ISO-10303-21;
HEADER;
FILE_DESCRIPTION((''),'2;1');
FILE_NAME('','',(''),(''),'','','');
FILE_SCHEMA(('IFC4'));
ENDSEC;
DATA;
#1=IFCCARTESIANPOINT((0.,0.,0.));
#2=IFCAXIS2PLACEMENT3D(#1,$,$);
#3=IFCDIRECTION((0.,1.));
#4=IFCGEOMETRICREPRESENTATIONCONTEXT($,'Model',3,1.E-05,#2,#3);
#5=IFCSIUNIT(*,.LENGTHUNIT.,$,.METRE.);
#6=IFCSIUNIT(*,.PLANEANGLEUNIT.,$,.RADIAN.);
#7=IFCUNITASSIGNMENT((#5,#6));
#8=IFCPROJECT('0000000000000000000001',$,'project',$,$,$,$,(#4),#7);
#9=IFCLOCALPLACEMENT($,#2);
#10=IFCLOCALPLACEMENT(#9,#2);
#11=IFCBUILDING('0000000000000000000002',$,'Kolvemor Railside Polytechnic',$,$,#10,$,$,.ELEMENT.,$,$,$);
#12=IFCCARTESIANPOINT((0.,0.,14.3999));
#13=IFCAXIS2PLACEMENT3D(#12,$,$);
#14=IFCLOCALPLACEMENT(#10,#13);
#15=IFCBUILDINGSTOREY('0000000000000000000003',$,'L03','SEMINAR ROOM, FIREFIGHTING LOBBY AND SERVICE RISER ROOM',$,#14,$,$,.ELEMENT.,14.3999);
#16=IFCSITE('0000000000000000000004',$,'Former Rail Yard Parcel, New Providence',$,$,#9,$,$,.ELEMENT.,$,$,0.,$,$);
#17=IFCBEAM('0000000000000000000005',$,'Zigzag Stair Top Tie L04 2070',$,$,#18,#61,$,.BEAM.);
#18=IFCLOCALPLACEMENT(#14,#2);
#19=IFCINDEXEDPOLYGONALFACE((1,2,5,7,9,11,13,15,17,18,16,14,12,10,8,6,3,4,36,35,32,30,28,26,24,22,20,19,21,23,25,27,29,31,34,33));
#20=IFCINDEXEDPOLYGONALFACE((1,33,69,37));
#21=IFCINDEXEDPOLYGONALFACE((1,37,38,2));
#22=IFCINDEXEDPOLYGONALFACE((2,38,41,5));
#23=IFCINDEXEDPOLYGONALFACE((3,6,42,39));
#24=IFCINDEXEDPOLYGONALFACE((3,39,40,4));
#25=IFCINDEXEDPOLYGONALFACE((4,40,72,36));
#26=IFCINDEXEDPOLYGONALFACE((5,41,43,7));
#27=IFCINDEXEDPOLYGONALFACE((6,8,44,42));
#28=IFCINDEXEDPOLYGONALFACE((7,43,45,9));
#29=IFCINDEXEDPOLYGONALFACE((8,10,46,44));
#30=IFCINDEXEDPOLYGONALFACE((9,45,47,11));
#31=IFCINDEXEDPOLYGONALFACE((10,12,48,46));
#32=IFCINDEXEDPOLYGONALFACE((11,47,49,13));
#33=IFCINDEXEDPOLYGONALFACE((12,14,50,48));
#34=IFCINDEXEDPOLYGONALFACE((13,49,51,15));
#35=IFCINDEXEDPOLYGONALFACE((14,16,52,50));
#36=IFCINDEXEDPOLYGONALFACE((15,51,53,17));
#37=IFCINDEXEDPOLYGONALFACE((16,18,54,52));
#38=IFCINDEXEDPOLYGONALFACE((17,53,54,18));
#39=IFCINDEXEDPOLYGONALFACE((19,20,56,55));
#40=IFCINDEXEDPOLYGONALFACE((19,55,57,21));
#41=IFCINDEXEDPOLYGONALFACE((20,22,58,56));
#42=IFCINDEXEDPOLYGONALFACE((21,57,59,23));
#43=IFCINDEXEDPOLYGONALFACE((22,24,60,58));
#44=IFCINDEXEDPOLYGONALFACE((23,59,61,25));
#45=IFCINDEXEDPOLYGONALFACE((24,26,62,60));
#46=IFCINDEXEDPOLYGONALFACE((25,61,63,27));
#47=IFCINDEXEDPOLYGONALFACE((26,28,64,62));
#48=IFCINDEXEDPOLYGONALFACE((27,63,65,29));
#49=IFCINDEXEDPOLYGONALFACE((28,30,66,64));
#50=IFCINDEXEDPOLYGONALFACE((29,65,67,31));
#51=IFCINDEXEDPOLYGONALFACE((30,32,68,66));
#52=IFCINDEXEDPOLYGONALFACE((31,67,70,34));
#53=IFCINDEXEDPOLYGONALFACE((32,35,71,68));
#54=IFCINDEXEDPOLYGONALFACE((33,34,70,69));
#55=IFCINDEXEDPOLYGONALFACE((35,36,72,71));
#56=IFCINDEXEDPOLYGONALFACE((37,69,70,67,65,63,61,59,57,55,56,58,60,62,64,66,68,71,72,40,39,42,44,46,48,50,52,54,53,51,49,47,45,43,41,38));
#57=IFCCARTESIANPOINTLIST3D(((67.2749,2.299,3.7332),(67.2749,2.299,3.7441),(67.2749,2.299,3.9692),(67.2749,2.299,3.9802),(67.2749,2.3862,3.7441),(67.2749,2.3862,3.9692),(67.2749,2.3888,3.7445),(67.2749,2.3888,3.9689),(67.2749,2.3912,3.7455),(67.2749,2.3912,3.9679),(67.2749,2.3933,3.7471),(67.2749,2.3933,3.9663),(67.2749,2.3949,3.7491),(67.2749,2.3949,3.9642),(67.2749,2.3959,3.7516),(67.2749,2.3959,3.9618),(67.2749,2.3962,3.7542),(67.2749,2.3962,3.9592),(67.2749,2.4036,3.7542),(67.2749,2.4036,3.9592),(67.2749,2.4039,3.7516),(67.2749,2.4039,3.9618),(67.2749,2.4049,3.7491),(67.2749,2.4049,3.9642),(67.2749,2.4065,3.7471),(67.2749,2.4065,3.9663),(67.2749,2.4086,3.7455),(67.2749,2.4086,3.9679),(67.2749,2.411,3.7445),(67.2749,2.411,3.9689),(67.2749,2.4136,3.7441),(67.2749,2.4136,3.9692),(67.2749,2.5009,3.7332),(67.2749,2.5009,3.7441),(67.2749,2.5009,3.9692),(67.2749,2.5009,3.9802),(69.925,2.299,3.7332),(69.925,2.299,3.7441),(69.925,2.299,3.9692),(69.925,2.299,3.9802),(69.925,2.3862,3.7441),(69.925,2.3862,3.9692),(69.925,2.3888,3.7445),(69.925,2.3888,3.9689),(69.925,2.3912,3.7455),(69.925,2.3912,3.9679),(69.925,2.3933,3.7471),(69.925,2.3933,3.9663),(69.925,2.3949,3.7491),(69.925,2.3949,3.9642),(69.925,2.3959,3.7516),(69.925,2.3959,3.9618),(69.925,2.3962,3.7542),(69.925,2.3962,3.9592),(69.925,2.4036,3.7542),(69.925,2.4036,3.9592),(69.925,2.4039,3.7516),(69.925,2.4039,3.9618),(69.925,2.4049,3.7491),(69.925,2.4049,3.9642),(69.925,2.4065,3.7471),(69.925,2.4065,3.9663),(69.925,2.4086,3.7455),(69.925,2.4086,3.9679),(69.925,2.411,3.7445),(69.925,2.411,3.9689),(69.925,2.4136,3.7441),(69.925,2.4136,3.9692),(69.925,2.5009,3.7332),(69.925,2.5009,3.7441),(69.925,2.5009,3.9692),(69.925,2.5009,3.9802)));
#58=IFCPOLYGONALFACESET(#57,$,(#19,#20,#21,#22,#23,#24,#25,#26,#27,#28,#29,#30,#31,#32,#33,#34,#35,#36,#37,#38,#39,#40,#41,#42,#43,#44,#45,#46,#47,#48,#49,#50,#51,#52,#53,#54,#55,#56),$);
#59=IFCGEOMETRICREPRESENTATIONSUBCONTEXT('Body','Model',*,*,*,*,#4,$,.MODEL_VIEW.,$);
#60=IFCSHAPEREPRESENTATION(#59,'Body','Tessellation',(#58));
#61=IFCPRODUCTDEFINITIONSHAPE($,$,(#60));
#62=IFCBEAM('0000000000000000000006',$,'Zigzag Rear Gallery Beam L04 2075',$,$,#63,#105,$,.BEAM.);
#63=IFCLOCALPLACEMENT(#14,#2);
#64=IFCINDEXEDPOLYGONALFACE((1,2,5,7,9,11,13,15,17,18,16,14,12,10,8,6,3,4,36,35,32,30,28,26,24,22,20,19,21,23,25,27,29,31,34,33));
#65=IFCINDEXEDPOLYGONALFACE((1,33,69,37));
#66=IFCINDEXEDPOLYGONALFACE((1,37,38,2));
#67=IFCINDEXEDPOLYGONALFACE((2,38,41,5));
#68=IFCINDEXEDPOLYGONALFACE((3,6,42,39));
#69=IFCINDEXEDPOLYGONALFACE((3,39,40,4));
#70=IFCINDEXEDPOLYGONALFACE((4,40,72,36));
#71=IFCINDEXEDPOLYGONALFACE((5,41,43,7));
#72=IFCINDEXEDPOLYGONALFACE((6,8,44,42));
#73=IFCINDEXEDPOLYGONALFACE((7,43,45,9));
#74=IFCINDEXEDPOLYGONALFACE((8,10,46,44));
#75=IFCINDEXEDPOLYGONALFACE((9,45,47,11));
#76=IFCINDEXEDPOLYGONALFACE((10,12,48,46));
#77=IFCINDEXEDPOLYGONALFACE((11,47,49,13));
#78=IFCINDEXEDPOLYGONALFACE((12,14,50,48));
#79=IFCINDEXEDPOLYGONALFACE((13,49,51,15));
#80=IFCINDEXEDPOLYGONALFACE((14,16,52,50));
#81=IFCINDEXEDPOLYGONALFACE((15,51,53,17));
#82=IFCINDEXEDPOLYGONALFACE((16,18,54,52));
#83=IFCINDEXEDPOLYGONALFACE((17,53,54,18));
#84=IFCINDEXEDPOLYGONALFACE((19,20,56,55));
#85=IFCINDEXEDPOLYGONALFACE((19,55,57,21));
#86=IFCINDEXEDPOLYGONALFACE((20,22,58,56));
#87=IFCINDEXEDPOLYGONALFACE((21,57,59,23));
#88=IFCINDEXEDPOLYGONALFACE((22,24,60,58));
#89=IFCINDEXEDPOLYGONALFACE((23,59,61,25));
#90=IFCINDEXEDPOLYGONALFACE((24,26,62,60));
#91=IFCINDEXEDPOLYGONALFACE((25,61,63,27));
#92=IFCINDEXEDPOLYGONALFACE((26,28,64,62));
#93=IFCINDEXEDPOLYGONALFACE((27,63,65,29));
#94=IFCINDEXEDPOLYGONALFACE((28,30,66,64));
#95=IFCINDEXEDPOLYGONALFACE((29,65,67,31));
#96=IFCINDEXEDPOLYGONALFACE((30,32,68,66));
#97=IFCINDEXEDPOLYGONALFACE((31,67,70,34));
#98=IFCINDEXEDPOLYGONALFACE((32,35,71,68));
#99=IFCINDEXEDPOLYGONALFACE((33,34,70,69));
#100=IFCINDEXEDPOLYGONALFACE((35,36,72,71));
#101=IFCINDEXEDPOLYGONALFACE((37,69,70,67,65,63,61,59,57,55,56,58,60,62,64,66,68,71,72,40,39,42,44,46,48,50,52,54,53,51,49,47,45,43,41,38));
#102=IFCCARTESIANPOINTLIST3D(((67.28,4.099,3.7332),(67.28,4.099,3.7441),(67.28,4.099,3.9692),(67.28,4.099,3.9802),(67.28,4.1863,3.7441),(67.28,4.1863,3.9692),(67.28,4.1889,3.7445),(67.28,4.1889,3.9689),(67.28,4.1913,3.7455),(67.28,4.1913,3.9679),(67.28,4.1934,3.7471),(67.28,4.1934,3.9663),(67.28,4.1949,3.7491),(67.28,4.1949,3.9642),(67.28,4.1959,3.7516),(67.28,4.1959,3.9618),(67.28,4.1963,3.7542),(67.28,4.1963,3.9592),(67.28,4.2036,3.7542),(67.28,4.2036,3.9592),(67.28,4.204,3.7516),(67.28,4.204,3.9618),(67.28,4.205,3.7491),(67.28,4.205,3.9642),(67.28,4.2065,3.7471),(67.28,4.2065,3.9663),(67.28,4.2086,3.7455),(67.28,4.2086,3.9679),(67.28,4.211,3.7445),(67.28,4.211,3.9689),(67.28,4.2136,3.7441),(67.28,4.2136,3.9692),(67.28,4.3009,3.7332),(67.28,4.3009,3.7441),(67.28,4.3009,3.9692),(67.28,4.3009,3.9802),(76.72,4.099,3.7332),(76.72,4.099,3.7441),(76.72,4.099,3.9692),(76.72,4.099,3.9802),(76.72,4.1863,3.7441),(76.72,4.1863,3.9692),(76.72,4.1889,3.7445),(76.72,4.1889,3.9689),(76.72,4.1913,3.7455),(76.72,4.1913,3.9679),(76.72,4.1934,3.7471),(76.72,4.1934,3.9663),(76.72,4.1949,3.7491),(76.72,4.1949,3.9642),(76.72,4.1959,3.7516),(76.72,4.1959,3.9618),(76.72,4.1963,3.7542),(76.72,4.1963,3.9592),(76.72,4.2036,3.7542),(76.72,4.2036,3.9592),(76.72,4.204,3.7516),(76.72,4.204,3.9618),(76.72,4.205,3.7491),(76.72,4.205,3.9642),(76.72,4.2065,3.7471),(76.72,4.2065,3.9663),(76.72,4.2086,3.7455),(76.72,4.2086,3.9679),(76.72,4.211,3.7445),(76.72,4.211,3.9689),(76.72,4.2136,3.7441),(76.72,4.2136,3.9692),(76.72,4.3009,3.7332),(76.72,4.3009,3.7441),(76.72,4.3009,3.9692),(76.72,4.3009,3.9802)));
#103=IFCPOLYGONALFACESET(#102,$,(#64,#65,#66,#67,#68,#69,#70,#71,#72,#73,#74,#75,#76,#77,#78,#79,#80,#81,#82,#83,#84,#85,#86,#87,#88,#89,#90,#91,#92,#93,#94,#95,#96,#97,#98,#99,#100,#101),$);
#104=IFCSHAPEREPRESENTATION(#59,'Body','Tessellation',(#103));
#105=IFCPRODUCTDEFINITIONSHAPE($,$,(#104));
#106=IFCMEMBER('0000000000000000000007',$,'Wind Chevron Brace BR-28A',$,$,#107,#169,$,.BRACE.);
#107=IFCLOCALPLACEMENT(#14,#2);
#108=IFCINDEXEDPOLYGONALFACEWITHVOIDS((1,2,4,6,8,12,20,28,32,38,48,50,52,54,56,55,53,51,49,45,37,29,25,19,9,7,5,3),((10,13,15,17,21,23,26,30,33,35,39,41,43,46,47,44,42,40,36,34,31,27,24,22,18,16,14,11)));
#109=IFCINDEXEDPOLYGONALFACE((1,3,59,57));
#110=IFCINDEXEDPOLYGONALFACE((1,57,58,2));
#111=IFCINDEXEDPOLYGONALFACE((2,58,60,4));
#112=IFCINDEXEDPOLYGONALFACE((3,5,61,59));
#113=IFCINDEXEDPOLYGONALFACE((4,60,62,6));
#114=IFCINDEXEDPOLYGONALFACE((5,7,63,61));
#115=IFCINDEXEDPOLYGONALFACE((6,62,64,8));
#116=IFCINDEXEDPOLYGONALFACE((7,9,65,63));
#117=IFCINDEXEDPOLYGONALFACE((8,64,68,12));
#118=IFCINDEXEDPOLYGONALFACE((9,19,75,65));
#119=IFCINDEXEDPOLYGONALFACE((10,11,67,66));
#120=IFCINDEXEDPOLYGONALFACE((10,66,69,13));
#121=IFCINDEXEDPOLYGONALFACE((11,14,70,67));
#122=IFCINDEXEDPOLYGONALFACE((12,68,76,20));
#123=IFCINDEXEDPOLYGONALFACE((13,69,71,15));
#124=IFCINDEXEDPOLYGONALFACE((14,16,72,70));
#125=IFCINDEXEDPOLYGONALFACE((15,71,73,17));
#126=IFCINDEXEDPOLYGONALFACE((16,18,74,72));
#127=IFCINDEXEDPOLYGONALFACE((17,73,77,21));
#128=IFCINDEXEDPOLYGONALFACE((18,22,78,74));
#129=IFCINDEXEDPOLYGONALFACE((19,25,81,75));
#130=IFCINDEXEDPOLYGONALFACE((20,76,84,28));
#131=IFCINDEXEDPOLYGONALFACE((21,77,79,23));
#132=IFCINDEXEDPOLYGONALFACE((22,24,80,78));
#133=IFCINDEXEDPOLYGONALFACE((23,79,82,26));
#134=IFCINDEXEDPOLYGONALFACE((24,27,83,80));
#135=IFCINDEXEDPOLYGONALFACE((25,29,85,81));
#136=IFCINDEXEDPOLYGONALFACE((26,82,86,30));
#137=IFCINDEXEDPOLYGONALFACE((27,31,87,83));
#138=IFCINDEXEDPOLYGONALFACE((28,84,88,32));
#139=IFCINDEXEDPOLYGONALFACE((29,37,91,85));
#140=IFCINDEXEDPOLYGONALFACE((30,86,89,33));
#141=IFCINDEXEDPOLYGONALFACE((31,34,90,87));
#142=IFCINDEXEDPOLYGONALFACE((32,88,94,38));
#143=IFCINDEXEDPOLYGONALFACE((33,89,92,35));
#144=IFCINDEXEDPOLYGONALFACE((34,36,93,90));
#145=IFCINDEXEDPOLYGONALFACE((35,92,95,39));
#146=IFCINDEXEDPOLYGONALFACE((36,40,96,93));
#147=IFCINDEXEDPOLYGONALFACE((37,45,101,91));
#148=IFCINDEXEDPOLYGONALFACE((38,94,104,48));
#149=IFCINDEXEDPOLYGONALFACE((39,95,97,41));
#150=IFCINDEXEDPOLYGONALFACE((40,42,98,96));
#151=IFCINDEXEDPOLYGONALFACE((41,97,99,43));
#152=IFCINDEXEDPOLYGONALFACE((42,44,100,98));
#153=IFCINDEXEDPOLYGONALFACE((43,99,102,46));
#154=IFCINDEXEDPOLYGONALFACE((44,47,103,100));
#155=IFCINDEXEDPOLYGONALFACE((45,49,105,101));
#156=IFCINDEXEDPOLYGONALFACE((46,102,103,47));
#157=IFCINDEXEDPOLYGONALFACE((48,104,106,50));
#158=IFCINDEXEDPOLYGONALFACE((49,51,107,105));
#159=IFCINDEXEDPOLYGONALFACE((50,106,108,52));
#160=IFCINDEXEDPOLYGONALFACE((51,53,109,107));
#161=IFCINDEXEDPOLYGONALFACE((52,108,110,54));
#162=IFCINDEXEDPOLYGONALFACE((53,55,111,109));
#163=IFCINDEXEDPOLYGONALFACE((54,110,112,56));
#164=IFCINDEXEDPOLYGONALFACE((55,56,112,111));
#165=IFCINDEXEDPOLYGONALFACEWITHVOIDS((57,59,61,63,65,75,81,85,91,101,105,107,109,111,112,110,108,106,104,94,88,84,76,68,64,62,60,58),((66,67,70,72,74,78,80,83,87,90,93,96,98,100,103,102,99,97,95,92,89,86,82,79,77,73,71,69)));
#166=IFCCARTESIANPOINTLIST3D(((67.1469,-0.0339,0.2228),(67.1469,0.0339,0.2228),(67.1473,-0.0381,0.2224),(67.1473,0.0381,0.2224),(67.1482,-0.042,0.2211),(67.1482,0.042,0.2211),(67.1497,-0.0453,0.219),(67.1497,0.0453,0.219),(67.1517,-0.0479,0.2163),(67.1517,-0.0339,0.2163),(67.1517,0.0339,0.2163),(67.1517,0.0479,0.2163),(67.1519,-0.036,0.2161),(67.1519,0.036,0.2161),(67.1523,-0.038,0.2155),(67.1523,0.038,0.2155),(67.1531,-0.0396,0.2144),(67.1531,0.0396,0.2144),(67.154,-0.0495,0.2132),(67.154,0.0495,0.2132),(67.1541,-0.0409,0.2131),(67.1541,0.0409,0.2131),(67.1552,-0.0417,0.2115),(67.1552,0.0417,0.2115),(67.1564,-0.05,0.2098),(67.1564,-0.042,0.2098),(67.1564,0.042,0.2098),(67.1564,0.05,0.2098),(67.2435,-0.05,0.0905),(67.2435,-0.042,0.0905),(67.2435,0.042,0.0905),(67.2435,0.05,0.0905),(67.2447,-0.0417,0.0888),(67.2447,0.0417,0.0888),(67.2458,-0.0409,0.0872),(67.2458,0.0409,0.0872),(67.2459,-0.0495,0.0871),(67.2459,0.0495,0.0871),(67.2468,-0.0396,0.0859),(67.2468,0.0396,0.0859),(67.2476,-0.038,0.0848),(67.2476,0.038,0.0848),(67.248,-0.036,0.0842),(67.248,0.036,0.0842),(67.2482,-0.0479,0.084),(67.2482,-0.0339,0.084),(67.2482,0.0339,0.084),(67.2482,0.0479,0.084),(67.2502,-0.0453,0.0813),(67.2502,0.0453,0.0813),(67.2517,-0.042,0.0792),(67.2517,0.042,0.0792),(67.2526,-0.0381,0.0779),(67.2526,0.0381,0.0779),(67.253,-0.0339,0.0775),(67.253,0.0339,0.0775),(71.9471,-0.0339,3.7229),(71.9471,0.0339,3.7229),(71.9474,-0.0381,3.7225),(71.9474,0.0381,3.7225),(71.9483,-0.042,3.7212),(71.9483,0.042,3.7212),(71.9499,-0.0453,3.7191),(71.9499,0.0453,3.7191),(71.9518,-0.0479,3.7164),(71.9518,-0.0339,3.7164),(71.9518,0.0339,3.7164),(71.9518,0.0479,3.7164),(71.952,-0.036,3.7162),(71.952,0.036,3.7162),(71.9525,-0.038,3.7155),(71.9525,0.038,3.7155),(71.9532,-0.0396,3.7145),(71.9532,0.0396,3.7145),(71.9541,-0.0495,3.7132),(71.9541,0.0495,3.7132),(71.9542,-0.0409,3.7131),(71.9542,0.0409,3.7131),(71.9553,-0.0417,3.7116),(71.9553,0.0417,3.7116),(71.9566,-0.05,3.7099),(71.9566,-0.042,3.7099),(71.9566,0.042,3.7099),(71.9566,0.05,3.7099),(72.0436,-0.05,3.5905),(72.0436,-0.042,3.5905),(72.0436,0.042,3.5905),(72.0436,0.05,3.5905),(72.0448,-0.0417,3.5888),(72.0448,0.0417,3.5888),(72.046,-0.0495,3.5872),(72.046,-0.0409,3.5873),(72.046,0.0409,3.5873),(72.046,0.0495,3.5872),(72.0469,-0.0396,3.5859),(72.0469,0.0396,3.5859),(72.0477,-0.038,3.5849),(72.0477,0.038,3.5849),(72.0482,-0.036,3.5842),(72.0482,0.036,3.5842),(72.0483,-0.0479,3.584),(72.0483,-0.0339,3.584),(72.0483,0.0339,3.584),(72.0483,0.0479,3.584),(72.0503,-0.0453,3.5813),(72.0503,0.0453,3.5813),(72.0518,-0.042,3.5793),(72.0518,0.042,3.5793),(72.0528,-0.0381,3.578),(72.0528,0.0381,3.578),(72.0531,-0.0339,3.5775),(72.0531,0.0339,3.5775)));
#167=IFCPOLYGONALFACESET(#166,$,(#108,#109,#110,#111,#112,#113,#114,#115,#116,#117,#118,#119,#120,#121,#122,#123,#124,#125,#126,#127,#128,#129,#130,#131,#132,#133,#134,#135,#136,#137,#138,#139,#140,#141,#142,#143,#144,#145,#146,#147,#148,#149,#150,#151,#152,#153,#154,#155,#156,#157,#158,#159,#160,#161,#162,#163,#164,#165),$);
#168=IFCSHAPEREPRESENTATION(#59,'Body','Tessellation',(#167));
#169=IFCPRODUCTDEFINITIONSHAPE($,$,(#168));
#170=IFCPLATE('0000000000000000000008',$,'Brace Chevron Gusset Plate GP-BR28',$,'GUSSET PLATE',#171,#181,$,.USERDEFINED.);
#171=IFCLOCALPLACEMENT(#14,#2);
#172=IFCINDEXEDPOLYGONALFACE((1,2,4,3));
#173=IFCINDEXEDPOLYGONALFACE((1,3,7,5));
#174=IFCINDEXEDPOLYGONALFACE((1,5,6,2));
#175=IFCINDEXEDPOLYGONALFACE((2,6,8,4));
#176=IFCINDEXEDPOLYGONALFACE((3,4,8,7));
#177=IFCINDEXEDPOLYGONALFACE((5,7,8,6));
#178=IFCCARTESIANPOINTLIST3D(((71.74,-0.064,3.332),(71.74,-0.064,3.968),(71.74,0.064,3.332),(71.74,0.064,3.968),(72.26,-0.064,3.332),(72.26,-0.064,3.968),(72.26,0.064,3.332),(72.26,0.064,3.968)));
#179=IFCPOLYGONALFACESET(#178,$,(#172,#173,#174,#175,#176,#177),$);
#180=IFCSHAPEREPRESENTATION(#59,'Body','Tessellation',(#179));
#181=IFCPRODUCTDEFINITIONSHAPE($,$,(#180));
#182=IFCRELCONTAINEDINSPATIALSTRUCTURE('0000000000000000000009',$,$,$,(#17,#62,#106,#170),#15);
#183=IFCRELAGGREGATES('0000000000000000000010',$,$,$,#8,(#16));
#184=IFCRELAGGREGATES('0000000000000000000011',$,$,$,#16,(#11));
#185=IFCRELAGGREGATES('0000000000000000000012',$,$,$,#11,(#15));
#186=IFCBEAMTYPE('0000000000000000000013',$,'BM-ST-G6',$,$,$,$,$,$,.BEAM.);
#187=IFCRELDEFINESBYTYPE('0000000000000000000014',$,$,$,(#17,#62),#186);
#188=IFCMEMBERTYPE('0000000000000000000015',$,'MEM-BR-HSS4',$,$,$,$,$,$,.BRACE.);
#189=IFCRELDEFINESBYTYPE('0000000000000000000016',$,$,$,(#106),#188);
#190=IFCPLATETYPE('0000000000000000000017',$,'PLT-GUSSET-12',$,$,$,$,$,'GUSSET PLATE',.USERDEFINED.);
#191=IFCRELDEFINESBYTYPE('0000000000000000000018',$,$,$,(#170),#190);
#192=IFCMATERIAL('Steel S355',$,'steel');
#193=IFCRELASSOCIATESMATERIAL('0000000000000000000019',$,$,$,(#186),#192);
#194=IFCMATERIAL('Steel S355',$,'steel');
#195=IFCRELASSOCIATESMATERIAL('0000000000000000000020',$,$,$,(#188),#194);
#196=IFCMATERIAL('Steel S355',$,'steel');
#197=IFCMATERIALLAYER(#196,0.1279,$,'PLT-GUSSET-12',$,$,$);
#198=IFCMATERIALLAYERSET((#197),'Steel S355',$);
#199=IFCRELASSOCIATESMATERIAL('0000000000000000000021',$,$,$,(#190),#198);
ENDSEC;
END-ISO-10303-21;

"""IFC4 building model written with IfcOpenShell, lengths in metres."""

from ifc_helpers import new_model, si_unit, direction, frame, origin, origin_2d, place, context, subcontext, project, spatial, rectangle, hollow_rectangle, i_section, extrude, material, layer, layer_set, material_profile, profile_set, type_object, element, save


model = new_model("IFC4")

# Units and contexts
model_context = context("Model", 3, precision=1e-05, world=origin(), true_north=direction((0.0, 1.0)))
body_context = subcontext(model_context, "Body", "Model", "MODEL_VIEW")
ifc_project = project(units=[si_unit("LENGTHUNIT", "METRE"), si_unit("PLANEANGLEUNIT", "RADIAN")], contexts=[model_context])

# Site, building, storey
site_placement = place(None, origin())
site = spatial("IfcSite", under=ifc_project, at=site_placement, Name="Former Rail Yard Parcel, New Providence", CompositionType="ELEMENT", RefElevation=0.0)
building_placement = place(site_placement, origin())
building = spatial("IfcBuilding", under=site, at=building_placement, Name="Kolvemor Railside Polytechnic", CompositionType="ELEMENT")
storey_placement = place(building_placement, frame((0.0, 0.0, 14.3999)))
storey = spatial("IfcBuildingStorey", under=building, at=storey_placement, Name="L03", Description="SEMINAR ROOM, FIREFIGHTING LOBBY AND SERVICE RISER ROOM", CompositionType="ELEMENT", Elevation=14.3999)

# Beams
ifc_material_1 = material(Name="Steel S355", Category="steel")
ifc_material_profile_1 = material_profile(ifc_material_1, i_section(OverallWidth=0.2019, OverallDepth=0.2471, WebThickness=0.0073, FlangeThickness=0.011, FilletRadius=0.01, at=origin_2d()), Name="W250x49")
ifc_profile_set_1 = profile_set([ifc_material_profile_1], Name="Steel S355")
beam_type_1 = type_object("IfcBeamType", Name="BM-ST-G6", PredefinedType="BEAM", material=ifc_profile_set_1)
for number, where, z_axis, x_axis, name in (
    (1, (67.2749, 2.3999, 3.8567), (1.0, 0.0, 0.0), (0.0, 1.0, 0.0), "Zigzag Stair Top Tie L04 2070"),
):
    element("IfcBeam", number, at=place(storey_placement, frame(where, z_axis=z_axis, x_axis=x_axis)), inside=storey, type_object=beam_type_1, Name=name, PredefinedType="BEAM", context=body_context, shape_type="SweptSolid", body=[
        extrude(i_section(OverallWidth=0.2019, OverallDepth=0.2471, WebThickness=0.0073, FlangeThickness=0.011, FilletRadius=0.01, at=origin_2d()), origin(), (0.0, 0.0, 1.0), 2.6501),
    ])
beam_1_placement = place(storey_placement, frame((67.28, 4.2, 3.8567), z_axis=(1.0, 0.0, 0.0), x_axis=(0.0, 1.0, 0.0)))
element("IfcBeam", 2, at=beam_1_placement, inside=storey, type_object=beam_type_1, Name="Zigzag Rear Gallery Beam L04 2075", PredefinedType="BEAM", context=body_context, shape_type="SweptSolid", body=[
    extrude(i_section(OverallWidth=0.2019, OverallDepth=0.2471, WebThickness=0.0073, FlangeThickness=0.011, FilletRadius=0.01, at=origin_2d()), origin(), (0.0, 0.0, 1.0), 9.4399),
])

# Member
ifc_material_2 = material(Name="Steel S355", Category="steel")
ifc_material_profile_2 = material_profile(ifc_material_2, hollow_rectangle(XDim=0.1001, YDim=0.1799, WallThickness=0.0081, InnerFilletRadius=0.0081, OuterFilletRadius=0.0161, at=origin_2d()), Name="HSS180x100x8")
ifc_profile_set_2 = profile_set([ifc_material_profile_2], Name="Steel S355")
member_type = type_object("IfcMemberType", Name="MEM-BR-HSS4", PredefinedType="BRACE", material=ifc_profile_set_2)
member_placement = place(storey_placement, frame((67.2, 0.0, 0.1501), z_axis=(0.80801, 0.0, 0.589168), x_axis=(0.0, 1.0, 0.0)))
element("IfcMember", 3, at=member_placement, inside=storey, type_object=member_type, Name="Wind Chevron Brace BR-28A", PredefinedType="BRACE", context=body_context, shape_type="SweptSolid", body=[
    extrude(hollow_rectangle(XDim=0.1001, YDim=0.1799, WallThickness=0.0081, InnerFilletRadius=0.0081, OuterFilletRadius=0.0161, at=origin_2d()), origin(), (0.0, 0.0, 1.0), 5.9407),
])

# Plate
ifc_material_3 = material(Name="Steel S355", Category="steel")
ifc_layer = layer(ifc_material_3, 0.1279, Name="PLT-GUSSET-12")
ifc_layer_set = layer_set([ifc_layer], Name="Steel S355")
plate_type = type_object("IfcPlateType", Name="PLT-GUSSET-12", ElementType="GUSSET PLATE", PredefinedType="USERDEFINED", material=ifc_layer_set)
plate_placement = place(storey_placement, frame((72.0, 0.0, 3.332), z_axis=(0.0, 0.0, 1.0), x_axis=(1.0, 0.0, 0.0)))
element("IfcPlate", 4, at=plate_placement, inside=storey, type_object=plate_type, Name="Brace Chevron Gusset Plate GP-BR28", ObjectType="GUSSET PLATE", PredefinedType="USERDEFINED", context=body_context, shape_type="SweptSolid", body=[
    extrude(rectangle(XDim=0.52, YDim=0.1279, at=origin_2d()), origin(), (0.0, 0.0, 1.0), 0.636),
])

save(model, "model.ifc")
